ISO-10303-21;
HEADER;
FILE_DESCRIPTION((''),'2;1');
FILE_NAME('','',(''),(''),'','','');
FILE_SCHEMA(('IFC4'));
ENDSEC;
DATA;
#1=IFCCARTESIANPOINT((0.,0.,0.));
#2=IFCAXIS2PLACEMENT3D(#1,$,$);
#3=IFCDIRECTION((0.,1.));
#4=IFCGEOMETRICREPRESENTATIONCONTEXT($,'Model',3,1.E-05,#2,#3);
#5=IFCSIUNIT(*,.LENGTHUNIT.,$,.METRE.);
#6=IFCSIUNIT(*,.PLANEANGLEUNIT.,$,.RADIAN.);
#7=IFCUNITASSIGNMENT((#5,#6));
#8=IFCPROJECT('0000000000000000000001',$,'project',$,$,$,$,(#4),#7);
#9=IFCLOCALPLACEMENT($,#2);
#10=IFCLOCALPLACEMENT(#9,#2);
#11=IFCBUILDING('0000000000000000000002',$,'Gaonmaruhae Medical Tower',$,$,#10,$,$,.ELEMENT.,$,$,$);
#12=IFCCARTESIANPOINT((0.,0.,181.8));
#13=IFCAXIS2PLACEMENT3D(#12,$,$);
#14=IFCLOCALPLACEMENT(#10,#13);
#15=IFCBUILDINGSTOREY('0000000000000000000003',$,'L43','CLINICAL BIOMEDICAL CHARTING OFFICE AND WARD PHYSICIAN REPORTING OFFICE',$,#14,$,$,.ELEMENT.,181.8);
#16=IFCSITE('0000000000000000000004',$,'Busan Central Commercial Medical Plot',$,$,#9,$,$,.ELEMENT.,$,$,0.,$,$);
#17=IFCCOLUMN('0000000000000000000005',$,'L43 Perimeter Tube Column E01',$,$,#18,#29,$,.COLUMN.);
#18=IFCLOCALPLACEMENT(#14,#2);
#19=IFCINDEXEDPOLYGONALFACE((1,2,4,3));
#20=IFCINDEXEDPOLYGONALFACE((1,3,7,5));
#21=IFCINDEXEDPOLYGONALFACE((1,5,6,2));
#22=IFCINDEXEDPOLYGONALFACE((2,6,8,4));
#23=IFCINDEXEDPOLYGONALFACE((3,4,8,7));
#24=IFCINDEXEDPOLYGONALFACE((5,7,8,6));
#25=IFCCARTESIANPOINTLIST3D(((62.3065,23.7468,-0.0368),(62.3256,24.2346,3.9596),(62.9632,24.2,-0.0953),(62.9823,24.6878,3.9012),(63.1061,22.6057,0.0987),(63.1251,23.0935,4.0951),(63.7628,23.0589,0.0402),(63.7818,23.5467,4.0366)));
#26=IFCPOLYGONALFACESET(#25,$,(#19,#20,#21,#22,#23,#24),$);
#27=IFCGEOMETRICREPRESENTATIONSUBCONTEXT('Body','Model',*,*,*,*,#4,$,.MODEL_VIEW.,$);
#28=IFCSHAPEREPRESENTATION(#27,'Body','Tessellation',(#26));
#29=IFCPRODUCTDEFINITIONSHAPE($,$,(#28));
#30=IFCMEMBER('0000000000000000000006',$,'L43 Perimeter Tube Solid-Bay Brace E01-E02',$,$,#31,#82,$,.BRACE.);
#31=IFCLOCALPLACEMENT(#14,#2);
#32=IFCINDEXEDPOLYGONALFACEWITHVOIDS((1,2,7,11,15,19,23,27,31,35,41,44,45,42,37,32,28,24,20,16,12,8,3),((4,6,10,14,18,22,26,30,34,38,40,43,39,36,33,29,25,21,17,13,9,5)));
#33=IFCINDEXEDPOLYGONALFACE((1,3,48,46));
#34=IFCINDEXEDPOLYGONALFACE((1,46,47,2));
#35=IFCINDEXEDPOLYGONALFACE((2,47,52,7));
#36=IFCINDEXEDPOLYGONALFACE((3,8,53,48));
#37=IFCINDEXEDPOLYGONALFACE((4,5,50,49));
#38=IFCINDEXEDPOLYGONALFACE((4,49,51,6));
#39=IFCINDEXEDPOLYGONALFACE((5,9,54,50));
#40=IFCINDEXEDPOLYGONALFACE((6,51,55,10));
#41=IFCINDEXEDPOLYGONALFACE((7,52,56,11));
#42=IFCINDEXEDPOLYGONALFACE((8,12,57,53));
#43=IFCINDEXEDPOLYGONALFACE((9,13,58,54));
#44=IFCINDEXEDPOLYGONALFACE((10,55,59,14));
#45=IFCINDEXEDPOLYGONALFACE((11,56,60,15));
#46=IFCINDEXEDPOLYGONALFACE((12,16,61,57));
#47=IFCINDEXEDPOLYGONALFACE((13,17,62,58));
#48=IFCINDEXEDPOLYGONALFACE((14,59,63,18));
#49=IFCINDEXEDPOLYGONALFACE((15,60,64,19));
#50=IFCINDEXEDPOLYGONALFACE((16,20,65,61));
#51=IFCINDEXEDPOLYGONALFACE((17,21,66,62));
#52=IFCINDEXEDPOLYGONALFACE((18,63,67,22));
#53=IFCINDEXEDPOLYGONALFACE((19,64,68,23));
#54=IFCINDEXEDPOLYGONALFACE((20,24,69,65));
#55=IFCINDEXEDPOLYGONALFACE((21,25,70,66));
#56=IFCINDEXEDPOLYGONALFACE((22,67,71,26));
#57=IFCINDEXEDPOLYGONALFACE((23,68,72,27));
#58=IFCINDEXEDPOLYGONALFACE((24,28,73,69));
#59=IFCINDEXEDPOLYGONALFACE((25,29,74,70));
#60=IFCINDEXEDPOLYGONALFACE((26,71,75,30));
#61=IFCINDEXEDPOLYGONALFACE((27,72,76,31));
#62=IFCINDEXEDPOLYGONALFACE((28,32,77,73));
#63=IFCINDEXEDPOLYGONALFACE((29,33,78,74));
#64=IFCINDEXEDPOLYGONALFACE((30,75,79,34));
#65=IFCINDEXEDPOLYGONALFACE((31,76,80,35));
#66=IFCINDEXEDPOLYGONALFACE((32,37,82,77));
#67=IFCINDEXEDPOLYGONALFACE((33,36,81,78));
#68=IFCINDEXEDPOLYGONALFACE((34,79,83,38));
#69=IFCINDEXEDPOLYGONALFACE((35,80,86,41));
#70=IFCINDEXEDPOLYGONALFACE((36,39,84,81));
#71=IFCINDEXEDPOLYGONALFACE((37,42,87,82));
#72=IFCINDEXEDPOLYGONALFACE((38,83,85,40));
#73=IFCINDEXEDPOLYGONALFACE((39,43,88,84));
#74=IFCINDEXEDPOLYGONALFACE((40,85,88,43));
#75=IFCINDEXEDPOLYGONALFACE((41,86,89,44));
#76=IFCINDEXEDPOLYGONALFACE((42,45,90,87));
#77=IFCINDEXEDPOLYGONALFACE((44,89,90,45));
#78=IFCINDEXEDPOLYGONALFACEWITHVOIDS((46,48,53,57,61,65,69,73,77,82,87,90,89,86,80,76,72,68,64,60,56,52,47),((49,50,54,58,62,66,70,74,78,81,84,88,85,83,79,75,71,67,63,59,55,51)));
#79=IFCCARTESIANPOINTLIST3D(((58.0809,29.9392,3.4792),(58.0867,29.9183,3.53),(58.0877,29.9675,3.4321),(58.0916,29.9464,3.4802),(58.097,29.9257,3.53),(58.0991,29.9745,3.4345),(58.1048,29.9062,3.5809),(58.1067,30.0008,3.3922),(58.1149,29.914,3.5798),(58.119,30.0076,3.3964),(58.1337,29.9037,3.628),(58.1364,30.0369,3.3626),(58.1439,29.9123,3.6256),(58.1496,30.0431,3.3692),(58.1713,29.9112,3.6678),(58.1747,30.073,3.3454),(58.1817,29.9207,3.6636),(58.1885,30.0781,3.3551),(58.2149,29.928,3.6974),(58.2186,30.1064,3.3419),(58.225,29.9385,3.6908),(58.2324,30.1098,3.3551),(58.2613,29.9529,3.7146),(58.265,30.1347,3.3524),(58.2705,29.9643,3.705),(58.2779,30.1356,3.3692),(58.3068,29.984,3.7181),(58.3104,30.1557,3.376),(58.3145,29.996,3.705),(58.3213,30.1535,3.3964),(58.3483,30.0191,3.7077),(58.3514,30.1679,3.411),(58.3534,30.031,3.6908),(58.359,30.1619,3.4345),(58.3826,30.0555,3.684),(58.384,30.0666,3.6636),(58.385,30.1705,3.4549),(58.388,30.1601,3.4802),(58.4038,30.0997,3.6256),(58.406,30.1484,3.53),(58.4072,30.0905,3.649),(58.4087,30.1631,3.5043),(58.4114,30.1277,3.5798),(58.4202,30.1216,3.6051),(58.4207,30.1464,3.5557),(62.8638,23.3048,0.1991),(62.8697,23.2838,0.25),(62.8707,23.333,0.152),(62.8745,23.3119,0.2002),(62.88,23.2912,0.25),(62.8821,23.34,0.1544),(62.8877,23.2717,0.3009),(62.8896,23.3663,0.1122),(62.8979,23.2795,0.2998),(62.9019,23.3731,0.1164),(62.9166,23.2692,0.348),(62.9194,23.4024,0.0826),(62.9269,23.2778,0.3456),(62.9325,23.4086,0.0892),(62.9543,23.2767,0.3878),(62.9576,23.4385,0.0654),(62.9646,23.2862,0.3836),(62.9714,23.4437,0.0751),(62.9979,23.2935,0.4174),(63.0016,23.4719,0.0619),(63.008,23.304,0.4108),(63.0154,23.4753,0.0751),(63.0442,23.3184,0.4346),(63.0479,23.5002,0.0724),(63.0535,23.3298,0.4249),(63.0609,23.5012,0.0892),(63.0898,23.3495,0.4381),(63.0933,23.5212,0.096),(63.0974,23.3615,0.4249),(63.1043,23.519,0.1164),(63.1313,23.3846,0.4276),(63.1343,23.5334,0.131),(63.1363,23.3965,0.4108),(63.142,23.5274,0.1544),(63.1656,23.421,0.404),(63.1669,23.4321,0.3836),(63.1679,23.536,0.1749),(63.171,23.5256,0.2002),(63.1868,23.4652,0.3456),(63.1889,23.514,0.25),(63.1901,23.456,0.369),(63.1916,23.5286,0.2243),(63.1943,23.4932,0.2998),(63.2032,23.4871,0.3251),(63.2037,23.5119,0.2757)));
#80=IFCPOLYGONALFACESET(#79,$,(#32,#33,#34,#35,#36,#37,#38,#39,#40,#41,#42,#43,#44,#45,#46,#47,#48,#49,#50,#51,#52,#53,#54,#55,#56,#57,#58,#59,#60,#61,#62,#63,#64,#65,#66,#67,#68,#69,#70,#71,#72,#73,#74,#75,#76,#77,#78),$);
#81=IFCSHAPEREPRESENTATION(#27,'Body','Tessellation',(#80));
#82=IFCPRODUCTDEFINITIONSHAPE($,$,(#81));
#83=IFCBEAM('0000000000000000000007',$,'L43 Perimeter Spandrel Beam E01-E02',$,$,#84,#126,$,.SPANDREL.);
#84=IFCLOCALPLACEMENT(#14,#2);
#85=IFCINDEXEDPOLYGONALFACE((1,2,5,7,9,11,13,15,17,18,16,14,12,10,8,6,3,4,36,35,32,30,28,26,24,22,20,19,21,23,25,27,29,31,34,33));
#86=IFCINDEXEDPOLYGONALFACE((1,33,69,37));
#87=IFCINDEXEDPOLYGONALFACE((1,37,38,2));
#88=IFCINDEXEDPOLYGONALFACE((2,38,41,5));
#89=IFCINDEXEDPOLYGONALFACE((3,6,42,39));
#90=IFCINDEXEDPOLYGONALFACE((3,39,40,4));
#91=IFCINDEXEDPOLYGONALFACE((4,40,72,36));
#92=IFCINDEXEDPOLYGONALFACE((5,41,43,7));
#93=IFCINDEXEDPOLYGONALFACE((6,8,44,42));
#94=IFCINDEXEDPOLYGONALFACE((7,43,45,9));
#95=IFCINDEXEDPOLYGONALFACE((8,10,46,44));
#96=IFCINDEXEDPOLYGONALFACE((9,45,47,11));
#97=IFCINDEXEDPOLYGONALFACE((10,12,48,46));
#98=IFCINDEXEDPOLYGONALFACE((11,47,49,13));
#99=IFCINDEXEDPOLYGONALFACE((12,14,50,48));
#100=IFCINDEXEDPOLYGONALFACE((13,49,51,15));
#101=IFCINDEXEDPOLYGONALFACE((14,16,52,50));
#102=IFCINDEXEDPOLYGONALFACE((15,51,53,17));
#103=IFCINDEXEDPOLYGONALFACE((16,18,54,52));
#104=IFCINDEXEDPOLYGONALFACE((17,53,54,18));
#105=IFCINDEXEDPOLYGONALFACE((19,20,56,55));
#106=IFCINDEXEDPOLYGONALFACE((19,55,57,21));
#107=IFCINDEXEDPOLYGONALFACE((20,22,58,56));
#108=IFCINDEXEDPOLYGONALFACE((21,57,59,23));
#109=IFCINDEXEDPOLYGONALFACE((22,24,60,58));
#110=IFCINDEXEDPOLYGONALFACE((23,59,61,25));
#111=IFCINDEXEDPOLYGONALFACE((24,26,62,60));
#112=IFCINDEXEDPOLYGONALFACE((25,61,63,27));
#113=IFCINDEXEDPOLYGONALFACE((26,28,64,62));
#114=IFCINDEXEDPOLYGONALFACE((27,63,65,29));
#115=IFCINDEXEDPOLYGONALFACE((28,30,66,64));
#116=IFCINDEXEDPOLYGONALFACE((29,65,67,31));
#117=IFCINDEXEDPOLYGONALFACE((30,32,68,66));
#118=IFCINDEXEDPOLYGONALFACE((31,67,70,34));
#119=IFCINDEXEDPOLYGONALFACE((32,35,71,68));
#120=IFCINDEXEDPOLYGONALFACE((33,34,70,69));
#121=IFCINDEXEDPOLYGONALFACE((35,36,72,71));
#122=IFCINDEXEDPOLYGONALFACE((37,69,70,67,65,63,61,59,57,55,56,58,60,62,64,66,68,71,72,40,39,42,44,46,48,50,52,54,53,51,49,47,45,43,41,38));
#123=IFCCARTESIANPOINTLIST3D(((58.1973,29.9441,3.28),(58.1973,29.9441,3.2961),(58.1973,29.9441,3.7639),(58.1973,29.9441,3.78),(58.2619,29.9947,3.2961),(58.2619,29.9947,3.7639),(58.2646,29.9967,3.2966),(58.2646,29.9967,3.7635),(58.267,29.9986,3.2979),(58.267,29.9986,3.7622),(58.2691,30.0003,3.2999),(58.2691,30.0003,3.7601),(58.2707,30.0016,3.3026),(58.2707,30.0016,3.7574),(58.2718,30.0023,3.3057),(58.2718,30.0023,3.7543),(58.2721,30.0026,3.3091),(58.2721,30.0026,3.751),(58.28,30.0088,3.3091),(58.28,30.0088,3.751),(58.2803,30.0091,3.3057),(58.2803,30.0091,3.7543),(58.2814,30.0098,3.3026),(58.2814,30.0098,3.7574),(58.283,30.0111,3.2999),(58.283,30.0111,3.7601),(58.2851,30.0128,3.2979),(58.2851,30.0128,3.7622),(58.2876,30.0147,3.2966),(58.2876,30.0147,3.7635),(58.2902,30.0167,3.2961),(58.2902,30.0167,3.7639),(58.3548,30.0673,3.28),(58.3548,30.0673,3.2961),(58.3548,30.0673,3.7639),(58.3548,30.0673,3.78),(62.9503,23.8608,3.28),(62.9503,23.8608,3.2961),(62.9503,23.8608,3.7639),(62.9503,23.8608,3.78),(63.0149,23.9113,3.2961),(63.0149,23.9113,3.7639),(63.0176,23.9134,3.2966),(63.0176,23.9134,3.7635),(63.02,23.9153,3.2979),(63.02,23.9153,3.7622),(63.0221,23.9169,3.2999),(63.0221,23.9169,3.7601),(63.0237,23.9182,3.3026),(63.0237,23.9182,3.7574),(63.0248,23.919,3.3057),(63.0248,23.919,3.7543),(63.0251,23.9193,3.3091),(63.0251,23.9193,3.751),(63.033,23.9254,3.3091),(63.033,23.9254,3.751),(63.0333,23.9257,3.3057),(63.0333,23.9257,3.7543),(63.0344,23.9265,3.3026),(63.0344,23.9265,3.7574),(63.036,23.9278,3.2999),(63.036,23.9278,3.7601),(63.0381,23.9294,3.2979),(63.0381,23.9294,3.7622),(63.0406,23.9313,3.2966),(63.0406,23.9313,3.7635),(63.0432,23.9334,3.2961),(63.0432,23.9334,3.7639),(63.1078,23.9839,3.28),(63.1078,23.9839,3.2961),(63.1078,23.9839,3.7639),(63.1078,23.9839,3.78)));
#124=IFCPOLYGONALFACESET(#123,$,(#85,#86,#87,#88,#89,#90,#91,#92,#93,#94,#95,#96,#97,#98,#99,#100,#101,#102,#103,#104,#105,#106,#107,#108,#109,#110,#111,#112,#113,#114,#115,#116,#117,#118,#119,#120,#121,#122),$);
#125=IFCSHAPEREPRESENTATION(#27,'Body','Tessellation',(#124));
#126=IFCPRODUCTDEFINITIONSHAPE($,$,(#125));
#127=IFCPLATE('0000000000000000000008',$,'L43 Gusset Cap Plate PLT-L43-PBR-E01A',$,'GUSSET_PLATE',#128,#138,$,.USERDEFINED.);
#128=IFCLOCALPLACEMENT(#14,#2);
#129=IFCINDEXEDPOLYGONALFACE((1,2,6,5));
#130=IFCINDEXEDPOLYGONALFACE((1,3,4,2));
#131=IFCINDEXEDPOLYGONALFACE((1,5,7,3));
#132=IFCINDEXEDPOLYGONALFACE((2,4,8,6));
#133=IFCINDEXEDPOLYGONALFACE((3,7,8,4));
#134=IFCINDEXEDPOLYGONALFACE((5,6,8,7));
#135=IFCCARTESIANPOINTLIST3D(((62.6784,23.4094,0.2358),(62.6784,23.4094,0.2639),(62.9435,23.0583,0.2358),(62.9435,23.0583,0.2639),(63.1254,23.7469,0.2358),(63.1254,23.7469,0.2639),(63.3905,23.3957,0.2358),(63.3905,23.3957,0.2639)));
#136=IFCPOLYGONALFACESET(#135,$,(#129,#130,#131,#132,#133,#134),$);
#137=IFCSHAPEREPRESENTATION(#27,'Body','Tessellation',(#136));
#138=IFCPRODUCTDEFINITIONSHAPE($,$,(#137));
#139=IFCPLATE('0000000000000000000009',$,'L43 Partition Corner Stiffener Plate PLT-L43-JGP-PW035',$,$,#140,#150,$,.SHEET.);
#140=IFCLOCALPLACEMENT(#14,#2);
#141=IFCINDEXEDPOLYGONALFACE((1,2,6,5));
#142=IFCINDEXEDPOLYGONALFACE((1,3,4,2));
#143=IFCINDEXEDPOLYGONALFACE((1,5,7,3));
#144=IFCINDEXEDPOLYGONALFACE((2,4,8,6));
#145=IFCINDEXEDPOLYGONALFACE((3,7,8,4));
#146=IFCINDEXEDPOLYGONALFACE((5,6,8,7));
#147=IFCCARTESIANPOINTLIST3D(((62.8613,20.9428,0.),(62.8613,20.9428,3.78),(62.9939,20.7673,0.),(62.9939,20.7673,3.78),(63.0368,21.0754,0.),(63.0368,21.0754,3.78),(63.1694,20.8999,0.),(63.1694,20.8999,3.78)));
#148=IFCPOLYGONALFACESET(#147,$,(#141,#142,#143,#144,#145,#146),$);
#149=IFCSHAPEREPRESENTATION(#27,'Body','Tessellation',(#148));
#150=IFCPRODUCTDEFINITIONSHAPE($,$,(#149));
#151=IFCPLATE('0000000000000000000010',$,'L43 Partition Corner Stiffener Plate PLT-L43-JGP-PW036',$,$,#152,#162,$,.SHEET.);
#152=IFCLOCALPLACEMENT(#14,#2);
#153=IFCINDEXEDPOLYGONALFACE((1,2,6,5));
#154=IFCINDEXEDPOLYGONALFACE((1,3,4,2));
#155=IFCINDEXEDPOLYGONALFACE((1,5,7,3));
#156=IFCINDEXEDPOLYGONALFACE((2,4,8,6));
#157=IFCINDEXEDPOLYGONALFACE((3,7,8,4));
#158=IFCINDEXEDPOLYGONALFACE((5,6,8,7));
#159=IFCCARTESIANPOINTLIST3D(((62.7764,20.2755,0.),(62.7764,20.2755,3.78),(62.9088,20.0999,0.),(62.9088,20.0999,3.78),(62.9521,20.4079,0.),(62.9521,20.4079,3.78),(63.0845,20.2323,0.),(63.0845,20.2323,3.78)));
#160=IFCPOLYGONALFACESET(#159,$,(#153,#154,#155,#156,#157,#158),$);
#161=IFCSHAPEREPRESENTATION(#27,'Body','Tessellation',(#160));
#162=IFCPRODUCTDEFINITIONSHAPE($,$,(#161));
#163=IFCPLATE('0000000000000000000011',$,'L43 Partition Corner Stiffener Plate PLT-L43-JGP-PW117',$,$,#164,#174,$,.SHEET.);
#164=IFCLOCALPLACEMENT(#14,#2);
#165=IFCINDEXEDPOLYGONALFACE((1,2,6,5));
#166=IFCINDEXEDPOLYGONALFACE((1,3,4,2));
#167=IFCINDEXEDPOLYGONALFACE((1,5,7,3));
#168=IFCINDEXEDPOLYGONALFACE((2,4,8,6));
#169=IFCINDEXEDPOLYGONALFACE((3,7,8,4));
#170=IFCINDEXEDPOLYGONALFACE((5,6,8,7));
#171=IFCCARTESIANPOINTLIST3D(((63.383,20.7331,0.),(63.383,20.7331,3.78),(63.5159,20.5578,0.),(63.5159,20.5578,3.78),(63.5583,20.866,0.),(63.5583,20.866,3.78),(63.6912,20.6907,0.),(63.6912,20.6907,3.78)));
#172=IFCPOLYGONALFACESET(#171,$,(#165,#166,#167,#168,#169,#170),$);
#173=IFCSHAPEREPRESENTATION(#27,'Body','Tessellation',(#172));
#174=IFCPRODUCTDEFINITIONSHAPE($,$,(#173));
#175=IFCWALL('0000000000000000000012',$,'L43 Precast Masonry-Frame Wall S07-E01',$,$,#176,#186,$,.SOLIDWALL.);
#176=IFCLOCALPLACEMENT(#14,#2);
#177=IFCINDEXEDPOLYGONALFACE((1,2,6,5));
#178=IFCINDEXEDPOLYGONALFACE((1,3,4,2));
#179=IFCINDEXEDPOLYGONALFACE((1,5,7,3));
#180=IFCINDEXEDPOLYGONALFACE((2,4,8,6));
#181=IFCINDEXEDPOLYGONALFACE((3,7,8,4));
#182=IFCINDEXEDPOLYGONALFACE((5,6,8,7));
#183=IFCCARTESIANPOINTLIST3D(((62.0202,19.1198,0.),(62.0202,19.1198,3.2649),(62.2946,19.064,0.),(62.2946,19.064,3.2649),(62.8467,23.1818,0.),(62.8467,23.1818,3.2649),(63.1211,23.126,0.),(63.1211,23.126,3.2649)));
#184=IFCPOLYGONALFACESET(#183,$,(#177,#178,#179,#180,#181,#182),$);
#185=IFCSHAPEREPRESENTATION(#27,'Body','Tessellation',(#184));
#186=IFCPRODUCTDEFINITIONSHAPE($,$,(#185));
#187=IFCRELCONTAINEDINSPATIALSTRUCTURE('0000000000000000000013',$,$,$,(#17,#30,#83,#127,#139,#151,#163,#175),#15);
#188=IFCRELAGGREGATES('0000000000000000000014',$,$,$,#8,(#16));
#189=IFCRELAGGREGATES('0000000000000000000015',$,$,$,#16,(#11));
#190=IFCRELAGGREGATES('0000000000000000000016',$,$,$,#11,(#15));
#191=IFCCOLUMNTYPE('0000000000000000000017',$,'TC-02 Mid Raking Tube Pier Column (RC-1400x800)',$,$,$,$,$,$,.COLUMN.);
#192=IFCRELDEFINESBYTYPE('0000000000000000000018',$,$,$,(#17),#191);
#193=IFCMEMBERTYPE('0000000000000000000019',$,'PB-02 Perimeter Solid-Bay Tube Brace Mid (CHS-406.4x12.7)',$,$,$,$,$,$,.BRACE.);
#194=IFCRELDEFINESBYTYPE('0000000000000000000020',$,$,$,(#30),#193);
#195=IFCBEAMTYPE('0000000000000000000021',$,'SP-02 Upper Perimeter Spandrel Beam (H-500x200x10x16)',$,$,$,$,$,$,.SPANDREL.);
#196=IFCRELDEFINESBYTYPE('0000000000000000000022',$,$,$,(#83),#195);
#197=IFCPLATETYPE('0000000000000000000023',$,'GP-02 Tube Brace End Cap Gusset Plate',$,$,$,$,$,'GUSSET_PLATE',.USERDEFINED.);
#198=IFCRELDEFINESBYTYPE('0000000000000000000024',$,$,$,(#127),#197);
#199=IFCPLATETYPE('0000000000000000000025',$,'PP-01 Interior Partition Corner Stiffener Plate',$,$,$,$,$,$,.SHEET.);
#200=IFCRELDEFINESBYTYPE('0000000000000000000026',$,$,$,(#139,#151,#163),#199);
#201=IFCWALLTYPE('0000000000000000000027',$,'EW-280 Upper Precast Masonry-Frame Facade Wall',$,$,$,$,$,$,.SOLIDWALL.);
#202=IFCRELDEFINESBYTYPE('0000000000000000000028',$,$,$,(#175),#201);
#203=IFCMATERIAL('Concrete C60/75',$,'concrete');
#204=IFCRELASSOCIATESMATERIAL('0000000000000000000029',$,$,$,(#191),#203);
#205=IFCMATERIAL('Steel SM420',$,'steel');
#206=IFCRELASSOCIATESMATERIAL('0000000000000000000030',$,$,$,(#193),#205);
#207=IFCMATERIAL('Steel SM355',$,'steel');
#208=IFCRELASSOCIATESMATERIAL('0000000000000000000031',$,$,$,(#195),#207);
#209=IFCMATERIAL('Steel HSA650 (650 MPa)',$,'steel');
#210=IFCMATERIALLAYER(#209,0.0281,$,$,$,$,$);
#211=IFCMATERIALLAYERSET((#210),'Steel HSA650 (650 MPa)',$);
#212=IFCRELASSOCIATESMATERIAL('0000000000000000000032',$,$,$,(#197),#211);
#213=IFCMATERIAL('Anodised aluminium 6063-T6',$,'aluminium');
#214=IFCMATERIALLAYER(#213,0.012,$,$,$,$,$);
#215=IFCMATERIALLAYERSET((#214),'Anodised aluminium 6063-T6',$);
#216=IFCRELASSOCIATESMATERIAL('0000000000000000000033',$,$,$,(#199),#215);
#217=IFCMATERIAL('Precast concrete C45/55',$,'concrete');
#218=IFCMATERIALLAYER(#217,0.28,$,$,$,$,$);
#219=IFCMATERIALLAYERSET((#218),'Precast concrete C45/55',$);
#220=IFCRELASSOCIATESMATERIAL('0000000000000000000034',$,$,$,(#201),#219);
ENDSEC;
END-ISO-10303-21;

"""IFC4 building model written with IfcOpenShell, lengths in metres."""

from ifc_helpers import new_model, si_unit, direction, frame, frame_2d, origin, origin_2d, place, context, subcontext, project, spatial, rectangle, hollow_circle, i_section, extrude, material, layer, layer_set, material_profile, profile_set, type_object, element, save


model = new_model("IFC4")

# Units and contexts
model_context = context("Model", 3, precision=1e-05, world=origin(), true_north=direction((0.0, 1.0)))
body_context = subcontext(model_context, "Body", "Model", "MODEL_VIEW")
ifc_project = project(units=[si_unit("LENGTHUNIT", "METRE"), si_unit("PLANEANGLEUNIT", "RADIAN")], contexts=[model_context])

# Site, building, storey
site_placement = place(None, origin())
site = spatial("IfcSite", under=ifc_project, at=site_placement, Name="Busan Central Commercial Medical Plot", CompositionType="ELEMENT", RefElevation=0.0)
building_placement = place(site_placement, origin())
building = spatial("IfcBuilding", under=site, at=building_placement, Name="Gaonmaruhae Medical Tower", CompositionType="ELEMENT")
storey_placement = place(building_placement, frame((0.0, 0.0, 181.8)))
storey = spatial("IfcBuildingStorey", under=building, at=storey_placement, Name="L43", Description="CLINICAL BIOMEDICAL CHARTING OFFICE AND WARD PHYSICIAN REPORTING OFFICE", CompositionType="ELEMENT", Elevation=181.8)

# Column
ifc_material_1 = material(Name="Concrete C60/75", Category="concrete")
ifc_material_profile_1 = material_profile(ifc_material_1, rectangle(XDim=1.3999, YDim=0.8, at=origin_2d()), Name="RC-1400x800")
ifc_profile_set_1 = profile_set([ifc_material_profile_1], Name="Concrete C60/75")
column_type = type_object("IfcColumnType", Name="TC-02 Mid Raking Tube Pier Column (RC-1400x800)", PredefinedType="COLUMN", material=ifc_profile_set_1)
column_placement = place(storey_placement, frame((63.0347, 23.4028, 0.0017), z_axis=(0.00473, 0.121159, 0.992622), x_axis=(0.571149, -0.815122, 0.096772)))
element("IfcColumn", 1, at=column_placement, inside=storey, type_object=column_type, Name="L43 Perimeter Tube Column E01", PredefinedType="COLUMN", context=body_context, shape_type="SweptSolid", body=[
    extrude(rectangle(XDim=1.3999, YDim=0.8, at=origin_2d()), origin(), (0.0, 0.0, 1.0), 4.0261),
])

# Member
ifc_material_2 = material(Name="Steel SM420", Category="steel")
ifc_material_profile_2 = material_profile(ifc_material_2, hollow_circle(Radius=0.2031, WallThickness=0.0127, at=origin_2d()), Name="CHS-406.4x12.7")
ifc_profile_set_2 = profile_set([ifc_material_profile_2], Name="Steel SM420")
member_type = type_object("IfcMemberType", Name="PB-02 Perimeter Solid-Bay Tube Brace Mid (CHS-406.4x12.7)", PredefinedType="BRACE", material=ifc_profile_set_2)
member_placement = place(storey_placement, frame((63.0344, 23.4026, 0.25), z_axis=(-0.542775, 0.752892, 0.372221), x_axis=(-0.81118, -0.584796, 0.0)))
element("IfcMember", 2, at=member_placement, inside=storey, type_object=member_type, Name="L43 Perimeter Tube Solid-Bay Brace E01-E02", PredefinedType="BRACE", context=body_context, shape_type="SweptSolid", body=[
    extrude(hollow_circle(Radius=0.2031, WallThickness=0.0127, at=origin_2d()), origin(), (0.0, 0.0, 1.0), 8.812),
])

# Beam
ifc_material_3 = material(Name="Steel SM355", Category="steel")
ifc_material_profile_3 = material_profile(ifc_material_3, i_section(OverallWidth=0.2, OverallDepth=0.5, WebThickness=0.01, FlangeThickness=0.0161, FilletRadius=0.0129, at=origin_2d()), Name="H-500x200x10x16")
ifc_profile_set_3 = profile_set([ifc_material_profile_3], Name="Steel SM355")
beam_type = type_object("IfcBeamType", Name="SP-02 Upper Perimeter Spandrel Beam (H-500x200x10x16)", PredefinedType="SPANDREL", material=ifc_profile_set_3)
beam_placement = place(storey_placement, frame((63.0291, 23.9224, 3.53), z_axis=(-0.615675, 0.788, 0.0), x_axis=(-0.788, -0.615675, 0.0)))
element("IfcBeam", 3, at=beam_placement, inside=storey, type_object=beam_type, Name="L43 Perimeter Spandrel Beam E01-E02", PredefinedType="SPANDREL", context=body_context, shape_type="SweptSolid", body=[
    extrude(i_section(OverallWidth=0.2, OverallDepth=0.5, WebThickness=0.01, FlangeThickness=0.0161, FilletRadius=0.0129, at=origin_2d()), origin(), (0.0, 0.0, 1.0), 7.72),
])

# Plates
ifc_material_4 = material(Name="Steel HSA650 (650 MPa)", Category="steel")
ifc_layer_1 = layer(ifc_material_4, 0.0281)
ifc_layer_set_1 = layer_set([ifc_layer_1], Name="Steel HSA650 (650 MPa)")
plate_type_1 = type_object("IfcPlateType", Name="GP-02 Tube Brace End Cap Gusset Plate", ElementType="GUSSET_PLATE", PredefinedType="USERDEFINED", material=ifc_layer_set_1)
plate_placement = place(storey_placement, frame((63.0344, 23.4026, 0.2358), z_axis=(0.0, 0.0, 1.0), x_axis=(0.79811, 0.602512, 0.0)))
element("IfcPlate", 4, at=plate_placement, inside=storey, type_object=plate_type_1, Name="L43 Gusset Cap Plate PLT-L43-PBR-E01A", ObjectType="GUSSET_PLATE", PredefinedType="USERDEFINED", context=body_context, shape_type="SweptSolid", body=[
    extrude(rectangle(XDim=0.5601, YDim=0.4399, at=origin_2d()), origin(), (0.0, 0.0, 1.0), 0.0281),
])
ifc_material_5 = material(Name="Anodised aluminium 6063-T6", Category="aluminium")
ifc_layer_2 = layer(ifc_material_5, 0.012)
ifc_layer_set_2 = layer_set([ifc_layer_2], Name="Anodised aluminium 6063-T6")
plate_type_2 = type_object("IfcPlateType", Name="PP-01 Interior Partition Corner Stiffener Plate", PredefinedType="SHEET", material=ifc_layer_set_2)
for number, where, z_axis, x_axis, name in (
    (5, (63.0154, 20.9214, 0.0), (0.0, 0.0, 1.0), (0.602818, -0.797879, 0.0), "L43 Partition Corner Stiffener Plate PLT-L43-JGP-PW035"),
    (6, (62.9304, 20.2539, 0.0), (0.0, 0.0, 1.0), (-0.798593, -0.601871, 0.0), "L43 Partition Corner Stiffener Plate PLT-L43-JGP-PW036"),
    (7, (63.5371, 20.7119, 0.0), (0.0, 0.0, 1.0), (-0.796878, -0.60414, 0.0), "L43 Partition Corner Stiffener Plate PLT-L43-JGP-PW117"),
):
    element("IfcPlate", number, at=place(storey_placement, frame(where, z_axis=z_axis, x_axis=x_axis)), inside=storey, type_object=plate_type_2, Name=name, PredefinedType="SHEET", context=body_context, shape_type="SweptSolid", body=[
        extrude(rectangle(XDim=0.22, YDim=0.22, at=origin_2d()), origin(), (0.0, 0.0, 1.0), 3.78),
    ])

# Wall
ifc_material_6 = material(Name="Precast concrete C45/55", Category="concrete")
ifc_layer_3 = layer(ifc_material_6, 0.28)
ifc_layer_set_3 = layer_set([ifc_layer_3], Name="Precast concrete C45/55")
wall_type_1 = type_object("IfcWallType", Name="EW-280 Upper Precast Masonry-Frame Facade Wall", PredefinedType="SOLIDWALL", material=ifc_layer_set_3)
wall_1_placement = place(storey_placement, frame((62.9839, 23.1541, 0.0), z_axis=(0.0, 0.0, 1.0), x_axis=(-0.199366, -0.979925, 0.0)))
element("IfcWall", 8, at=wall_1_placement, inside=storey, type_object=wall_type_1, Name="L43 Precast Masonry-Frame Wall S07-E01", PredefinedType="SOLIDWALL", context=body_context, shape_type="SweptSolid", body=[
    extrude(rectangle(XDim=4.1453, YDim=0.28, at=frame_2d((2.0728, 0.0))), origin(), (0.0, 0.0, 1.0), 3.2649),
])

save(model, "model.ifc")
